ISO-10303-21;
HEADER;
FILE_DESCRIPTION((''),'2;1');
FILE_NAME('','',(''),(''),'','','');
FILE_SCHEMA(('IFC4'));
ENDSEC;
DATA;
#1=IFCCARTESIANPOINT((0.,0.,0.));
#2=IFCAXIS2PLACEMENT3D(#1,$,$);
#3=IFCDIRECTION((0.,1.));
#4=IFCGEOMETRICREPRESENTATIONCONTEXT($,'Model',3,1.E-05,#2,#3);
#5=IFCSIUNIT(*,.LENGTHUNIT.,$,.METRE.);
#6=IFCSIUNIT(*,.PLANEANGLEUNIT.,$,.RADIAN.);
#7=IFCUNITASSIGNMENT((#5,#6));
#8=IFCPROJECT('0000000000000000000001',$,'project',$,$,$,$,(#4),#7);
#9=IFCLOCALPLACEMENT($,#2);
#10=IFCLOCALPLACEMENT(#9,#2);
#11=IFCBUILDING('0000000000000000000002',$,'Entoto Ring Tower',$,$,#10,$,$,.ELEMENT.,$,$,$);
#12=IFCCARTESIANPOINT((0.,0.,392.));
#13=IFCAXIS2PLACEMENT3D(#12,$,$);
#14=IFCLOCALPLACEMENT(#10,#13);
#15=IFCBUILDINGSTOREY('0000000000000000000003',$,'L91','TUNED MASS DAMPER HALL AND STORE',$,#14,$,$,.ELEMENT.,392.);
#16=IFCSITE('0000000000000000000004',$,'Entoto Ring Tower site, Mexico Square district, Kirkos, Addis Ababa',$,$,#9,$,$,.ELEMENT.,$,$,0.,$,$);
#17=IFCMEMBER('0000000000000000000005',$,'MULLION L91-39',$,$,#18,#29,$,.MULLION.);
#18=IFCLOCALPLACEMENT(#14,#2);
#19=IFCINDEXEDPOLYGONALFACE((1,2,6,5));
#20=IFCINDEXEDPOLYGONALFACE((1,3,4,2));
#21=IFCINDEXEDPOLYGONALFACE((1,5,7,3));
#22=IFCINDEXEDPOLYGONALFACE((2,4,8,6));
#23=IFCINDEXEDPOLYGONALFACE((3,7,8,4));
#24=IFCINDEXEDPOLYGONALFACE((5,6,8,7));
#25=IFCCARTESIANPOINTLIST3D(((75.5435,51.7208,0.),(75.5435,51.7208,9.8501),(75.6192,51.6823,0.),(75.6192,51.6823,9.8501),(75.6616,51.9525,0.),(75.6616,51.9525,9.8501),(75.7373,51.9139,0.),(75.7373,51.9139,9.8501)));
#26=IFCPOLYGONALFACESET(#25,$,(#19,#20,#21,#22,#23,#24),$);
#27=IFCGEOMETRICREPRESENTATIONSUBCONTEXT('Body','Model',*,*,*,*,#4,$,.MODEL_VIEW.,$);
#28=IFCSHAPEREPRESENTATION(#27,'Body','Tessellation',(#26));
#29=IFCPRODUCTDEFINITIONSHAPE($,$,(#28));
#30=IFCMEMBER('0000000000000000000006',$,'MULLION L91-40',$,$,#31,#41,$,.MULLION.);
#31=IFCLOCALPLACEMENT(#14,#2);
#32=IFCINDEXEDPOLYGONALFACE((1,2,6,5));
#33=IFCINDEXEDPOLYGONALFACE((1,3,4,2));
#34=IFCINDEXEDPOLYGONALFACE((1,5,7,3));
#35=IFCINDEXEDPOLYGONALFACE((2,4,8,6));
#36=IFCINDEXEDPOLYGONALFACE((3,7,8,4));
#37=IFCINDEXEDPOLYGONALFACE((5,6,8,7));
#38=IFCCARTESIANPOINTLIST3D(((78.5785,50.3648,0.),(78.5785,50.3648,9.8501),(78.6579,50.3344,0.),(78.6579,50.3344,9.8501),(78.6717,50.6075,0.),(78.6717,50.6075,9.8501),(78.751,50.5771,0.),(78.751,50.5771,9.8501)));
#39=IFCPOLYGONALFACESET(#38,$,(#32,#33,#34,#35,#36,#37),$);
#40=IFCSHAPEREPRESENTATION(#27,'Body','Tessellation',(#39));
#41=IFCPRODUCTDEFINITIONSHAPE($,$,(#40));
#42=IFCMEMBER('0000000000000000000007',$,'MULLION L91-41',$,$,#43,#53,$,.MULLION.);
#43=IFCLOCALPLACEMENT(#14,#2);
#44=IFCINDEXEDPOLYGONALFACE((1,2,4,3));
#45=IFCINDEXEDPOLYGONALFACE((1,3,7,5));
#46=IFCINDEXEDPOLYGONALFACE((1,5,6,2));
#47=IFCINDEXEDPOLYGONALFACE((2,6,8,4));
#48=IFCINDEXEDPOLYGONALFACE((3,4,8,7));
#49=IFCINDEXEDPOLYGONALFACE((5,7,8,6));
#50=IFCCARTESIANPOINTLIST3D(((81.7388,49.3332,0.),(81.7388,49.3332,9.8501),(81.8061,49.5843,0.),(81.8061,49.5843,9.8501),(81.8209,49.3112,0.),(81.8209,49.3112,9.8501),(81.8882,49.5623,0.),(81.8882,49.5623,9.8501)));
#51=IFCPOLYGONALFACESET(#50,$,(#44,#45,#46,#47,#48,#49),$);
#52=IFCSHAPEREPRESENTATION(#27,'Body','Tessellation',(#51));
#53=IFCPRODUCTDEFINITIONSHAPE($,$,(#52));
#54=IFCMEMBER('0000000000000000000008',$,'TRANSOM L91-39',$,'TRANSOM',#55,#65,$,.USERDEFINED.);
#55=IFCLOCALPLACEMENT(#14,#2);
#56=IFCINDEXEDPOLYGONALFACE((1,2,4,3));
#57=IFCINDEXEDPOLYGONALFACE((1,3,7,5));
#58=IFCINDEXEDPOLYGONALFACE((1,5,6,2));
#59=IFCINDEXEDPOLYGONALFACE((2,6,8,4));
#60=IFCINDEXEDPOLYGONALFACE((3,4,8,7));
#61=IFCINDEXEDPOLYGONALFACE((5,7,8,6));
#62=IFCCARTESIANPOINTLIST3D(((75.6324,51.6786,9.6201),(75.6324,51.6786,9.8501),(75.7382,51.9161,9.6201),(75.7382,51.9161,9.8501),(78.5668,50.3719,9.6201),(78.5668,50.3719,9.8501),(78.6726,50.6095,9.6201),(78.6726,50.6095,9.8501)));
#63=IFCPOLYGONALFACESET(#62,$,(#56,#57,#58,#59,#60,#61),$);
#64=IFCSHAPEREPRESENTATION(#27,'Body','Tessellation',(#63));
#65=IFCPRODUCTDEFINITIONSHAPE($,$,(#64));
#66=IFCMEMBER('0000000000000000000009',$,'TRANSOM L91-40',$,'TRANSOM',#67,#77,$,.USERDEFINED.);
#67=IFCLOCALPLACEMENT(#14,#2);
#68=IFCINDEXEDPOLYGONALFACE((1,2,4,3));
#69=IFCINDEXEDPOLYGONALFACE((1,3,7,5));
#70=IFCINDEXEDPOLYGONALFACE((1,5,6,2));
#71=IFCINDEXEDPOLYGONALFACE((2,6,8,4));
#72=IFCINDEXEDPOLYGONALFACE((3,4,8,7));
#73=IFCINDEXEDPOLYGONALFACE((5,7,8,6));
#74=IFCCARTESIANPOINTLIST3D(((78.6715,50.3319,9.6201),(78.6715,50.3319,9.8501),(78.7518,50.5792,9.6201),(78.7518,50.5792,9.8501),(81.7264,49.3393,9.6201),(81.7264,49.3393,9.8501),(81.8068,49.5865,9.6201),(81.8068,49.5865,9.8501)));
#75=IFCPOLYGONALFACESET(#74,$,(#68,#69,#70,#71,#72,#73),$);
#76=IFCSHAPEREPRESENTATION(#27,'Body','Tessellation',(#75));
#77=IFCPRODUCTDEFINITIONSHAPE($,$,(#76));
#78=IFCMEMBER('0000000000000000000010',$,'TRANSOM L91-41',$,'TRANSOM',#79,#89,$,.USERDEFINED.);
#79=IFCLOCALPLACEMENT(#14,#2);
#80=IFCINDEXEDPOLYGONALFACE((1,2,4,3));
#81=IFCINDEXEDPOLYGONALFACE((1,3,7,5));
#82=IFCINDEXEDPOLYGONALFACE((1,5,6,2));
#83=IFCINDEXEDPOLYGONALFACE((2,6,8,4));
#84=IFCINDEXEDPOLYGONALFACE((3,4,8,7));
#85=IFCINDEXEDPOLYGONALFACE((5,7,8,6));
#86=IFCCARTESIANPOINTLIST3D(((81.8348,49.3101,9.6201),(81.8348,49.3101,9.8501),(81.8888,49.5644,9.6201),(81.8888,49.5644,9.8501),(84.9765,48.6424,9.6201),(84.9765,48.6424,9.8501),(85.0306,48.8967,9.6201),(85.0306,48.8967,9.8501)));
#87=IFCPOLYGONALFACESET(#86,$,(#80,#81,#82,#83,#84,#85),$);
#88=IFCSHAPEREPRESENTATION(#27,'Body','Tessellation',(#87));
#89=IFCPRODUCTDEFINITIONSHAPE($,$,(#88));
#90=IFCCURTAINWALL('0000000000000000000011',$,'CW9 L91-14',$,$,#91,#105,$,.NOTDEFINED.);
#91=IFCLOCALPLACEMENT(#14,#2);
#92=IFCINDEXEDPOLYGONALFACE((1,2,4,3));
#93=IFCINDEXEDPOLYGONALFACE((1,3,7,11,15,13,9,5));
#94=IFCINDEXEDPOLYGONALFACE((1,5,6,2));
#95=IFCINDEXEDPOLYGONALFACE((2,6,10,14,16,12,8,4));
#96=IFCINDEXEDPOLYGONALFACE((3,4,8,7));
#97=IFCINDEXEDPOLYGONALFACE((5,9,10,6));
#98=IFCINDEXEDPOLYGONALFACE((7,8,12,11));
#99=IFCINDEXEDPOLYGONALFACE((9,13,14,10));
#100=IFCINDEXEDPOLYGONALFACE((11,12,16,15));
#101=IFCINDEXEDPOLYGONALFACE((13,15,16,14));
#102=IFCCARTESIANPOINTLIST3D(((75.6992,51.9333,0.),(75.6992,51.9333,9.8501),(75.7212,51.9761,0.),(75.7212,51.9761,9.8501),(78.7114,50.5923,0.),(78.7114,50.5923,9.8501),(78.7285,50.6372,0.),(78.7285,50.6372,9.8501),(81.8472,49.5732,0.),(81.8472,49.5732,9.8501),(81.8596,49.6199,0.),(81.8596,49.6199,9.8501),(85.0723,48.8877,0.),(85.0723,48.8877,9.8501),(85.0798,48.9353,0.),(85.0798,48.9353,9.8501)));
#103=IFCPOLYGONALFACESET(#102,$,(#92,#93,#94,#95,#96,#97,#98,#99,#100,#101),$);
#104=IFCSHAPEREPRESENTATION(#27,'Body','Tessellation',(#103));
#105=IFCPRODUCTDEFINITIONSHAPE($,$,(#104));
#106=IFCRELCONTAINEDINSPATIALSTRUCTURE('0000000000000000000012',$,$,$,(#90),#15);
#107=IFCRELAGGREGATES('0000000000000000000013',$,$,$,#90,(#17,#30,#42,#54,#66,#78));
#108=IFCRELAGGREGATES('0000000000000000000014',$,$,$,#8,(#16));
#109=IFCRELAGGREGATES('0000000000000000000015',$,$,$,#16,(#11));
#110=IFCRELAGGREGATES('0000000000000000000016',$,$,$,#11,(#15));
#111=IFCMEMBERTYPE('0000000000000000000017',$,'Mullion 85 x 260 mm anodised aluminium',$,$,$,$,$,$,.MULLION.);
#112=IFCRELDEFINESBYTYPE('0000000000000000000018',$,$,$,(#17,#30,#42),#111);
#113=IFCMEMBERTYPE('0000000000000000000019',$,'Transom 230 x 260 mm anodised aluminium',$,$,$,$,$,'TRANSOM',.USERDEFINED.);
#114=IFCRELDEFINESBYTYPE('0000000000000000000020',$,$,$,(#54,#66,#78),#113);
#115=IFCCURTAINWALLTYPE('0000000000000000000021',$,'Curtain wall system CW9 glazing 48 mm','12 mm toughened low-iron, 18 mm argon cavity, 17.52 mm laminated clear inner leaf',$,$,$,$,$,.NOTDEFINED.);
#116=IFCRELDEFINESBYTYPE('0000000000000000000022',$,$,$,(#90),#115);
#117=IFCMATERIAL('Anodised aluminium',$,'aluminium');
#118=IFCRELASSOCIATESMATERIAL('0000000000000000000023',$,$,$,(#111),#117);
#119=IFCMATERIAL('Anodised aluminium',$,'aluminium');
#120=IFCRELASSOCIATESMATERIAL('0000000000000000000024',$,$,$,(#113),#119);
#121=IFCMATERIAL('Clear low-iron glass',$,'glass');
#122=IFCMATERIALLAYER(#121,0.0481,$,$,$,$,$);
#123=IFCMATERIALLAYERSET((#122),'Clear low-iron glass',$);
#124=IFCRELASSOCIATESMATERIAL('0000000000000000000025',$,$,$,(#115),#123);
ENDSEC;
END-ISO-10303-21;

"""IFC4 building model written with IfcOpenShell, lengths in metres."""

from ifc_helpers import new_model, si_unit, direction, frame, origin, origin_2d, place, context, subcontext, project, spatial, polyline, rectangle, outline, extrude, material, layer, layer_set, material_profile, profile_set, type_object, element, aggregate, save


model = new_model("IFC4")

# Units and contexts
model_context = context("Model", 3, precision=1e-05, world=origin(), true_north=direction((0.0, 1.0)))
body_context = subcontext(model_context, "Body", "Model", "MODEL_VIEW")
ifc_project = project(units=[si_unit("LENGTHUNIT", "METRE"), si_unit("PLANEANGLEUNIT", "RADIAN")], contexts=[model_context])

# Members
ifc_material_1 = material(Name="Anodised aluminium", Category="aluminium")
ifc_material_profile_1 = material_profile(ifc_material_1, rectangle(XDim=0.085, YDim=0.26, at=origin_2d()), Name="Mullion 85 x 260 mm anodised aluminium")
ifc_profile_set_1 = profile_set([ifc_material_profile_1], Name="Anodised aluminium")
member_type_1 = type_object("IfcMemberType", Name="Mullion 85 x 260 mm anodised aluminium", PredefinedType="MULLION", material=ifc_profile_set_1)
site_placement = place(None, origin())
building_placement = place(site_placement, origin())
storey_placement = place(building_placement, frame((0.0, 0.0, 392.0)))
member_1_placement = place(storey_placement, frame((75.6404, 51.8174, 0.0), z_axis=(0.0, 0.0, 1.0), x_axis=(0.891007, -0.45399, 0.0)))
member_1 = element("IfcMember", 1, at=member_1_placement, type_object=member_type_1, Name="MULLION L91-39", PredefinedType="MULLION", context=body_context, shape_type="SweptSolid", body=[
    extrude(rectangle(XDim=0.085, YDim=0.26, at=origin_2d()), origin(), (0.0, 0.0, 1.0), 9.8501),
])
member_2_placement = place(storey_placement, frame((78.6648, 50.4709, 0.0), z_axis=(0.0, 0.0, 1.0), x_axis=(0.93358, -0.358368, 0.0)))
member_2 = element("IfcMember", 2, at=member_2_placement, type_object=member_type_1, Name="MULLION L91-40", PredefinedType="MULLION", context=body_context, shape_type="SweptSolid", body=[
    extrude(rectangle(XDim=0.085, YDim=0.26, at=origin_2d()), origin(), (0.0, 0.0, 1.0), 9.8501),
])
member_3_placement = place(storey_placement, frame((81.8135, 49.4478, 0.0), z_axis=(0.0, 0.0, 1.0), x_axis=(0.965926, -0.258819, 0.0)))
member_3 = element("IfcMember", 3, at=member_3_placement, type_object=member_type_1, Name="MULLION L91-41", PredefinedType="MULLION", context=body_context, shape_type="SweptSolid", body=[
    extrude(rectangle(XDim=0.085, YDim=0.26, at=origin_2d()), origin(), (0.0, 0.0, 1.0), 9.8501),
])
ifc_material_2 = material(Name="Anodised aluminium", Category="aluminium")
ifc_material_profile_2 = material_profile(ifc_material_2, rectangle(XDim=0.26, YDim=0.23, at=origin_2d()), Name="Transom 230 x 260 mm anodised aluminium")
ifc_profile_set_2 = profile_set([ifc_material_profile_2], Name="Anodised aluminium")
member_type_2 = type_object("IfcMemberType", Name="Transom 230 x 260 mm anodised aluminium", ElementType="TRANSOM", PredefinedType="USERDEFINED", material=ifc_profile_set_2)
member_4_placement = place(storey_placement, frame((75.6853, 51.7974, 9.7351), z_axis=(0.913523, -0.406787, 0.0), x_axis=(0.406787, 0.913523, 0.0)))
member_4 = element("IfcMember", 4, at=member_4_placement, type_object=member_type_2, Name="TRANSOM L91-39", ObjectType="TRANSOM", PredefinedType="USERDEFINED", context=body_context, shape_type="SweptSolid", body=[
    extrude(rectangle(XDim=0.26, YDim=0.23, at=origin_2d()), origin(), (0.0, 0.0, 1.0), 3.2122),
])
member_5_placement = place(storey_placement, frame((78.7117, 50.4556, 9.7351), z_axis=(0.95105, -0.309036, 0.0), x_axis=(0.309036, 0.95105, 0.0)))
member_5 = element("IfcMember", 5, at=member_5_placement, type_object=member_type_2, Name="TRANSOM L91-40", ObjectType="TRANSOM", PredefinedType="USERDEFINED", context=body_context, shape_type="SweptSolid", body=[
    extrude(rectangle(XDim=0.26, YDim=0.23, at=origin_2d()), origin(), (0.0, 0.0, 1.0), 3.2122),
])
member_6_placement = place(storey_placement, frame((81.8618, 49.4373, 9.7351), z_axis=(0.978154, -0.207883, 0.0), x_axis=(0.207883, 0.978154, 0.0)))
member_6 = element("IfcMember", 6, at=member_6_placement, type_object=member_type_2, Name="TRANSOM L91-41", ObjectType="TRANSOM", PredefinedType="USERDEFINED", context=body_context, shape_type="SweptSolid", body=[
    extrude(rectangle(XDim=0.26, YDim=0.23, at=origin_2d()), origin(), (0.0, 0.0, 1.0), 3.2119),
])

# Site, building, storey
site = spatial("IfcSite", under=ifc_project, at=site_placement, Name="Entoto Ring Tower site, Mexico Square district, Kirkos, Addis Ababa", CompositionType="ELEMENT", RefElevation=0.0)
building = spatial("IfcBuilding", under=site, at=building_placement, Name="Entoto Ring Tower", CompositionType="ELEMENT")
storey = spatial("IfcBuildingStorey", under=building, at=storey_placement, Name="L91", Description="TUNED MASS DAMPER HALL AND STORE", CompositionType="ELEMENT", Elevation=392.0)

# Curtain wall
ifc_material_3 = material(Name="Clear low-iron glass", Category="glass")
ifc_layer = layer(ifc_material_3, 0.0481)
ifc_layer_set = layer_set([ifc_layer], Name="Clear low-iron glass")
curtain_wall_type = type_object("IfcCurtainWallType", Name="Curtain wall system CW9 glazing 48 mm", Description="12 mm toughened low-iron, 18 mm argon cavity, 17.52 mm laminated clear inner leaf", PredefinedType="NOTDEFINED", material=ifc_layer_set)
curtain_wall_1_placement = place(storey_placement, origin())
curtain_wall_1 = element("IfcCurtainWall", 7, at=curtain_wall_1_placement, inside=storey, type_object=curtain_wall_type, Name="CW9 L91-14", PredefinedType="NOTDEFINED", context=body_context, shape_type="SweptSolid", body=[
    extrude(outline(polyline([(75.6992, 51.9333), (78.7114, 50.5923), (81.8472, 49.5732), (85.0723, 48.8877), (85.0798, 48.9353), (81.8596, 49.6199), (78.7285, 50.6372), (75.7212, 51.9761), (75.6992, 51.9333)])), origin(), (0.0, 0.0, 1.0), 9.8501),
])
aggregate(curtain_wall_1, [member_1, member_2, member_3, member_4, member_5, member_6])

save(model, "model.ifc")
